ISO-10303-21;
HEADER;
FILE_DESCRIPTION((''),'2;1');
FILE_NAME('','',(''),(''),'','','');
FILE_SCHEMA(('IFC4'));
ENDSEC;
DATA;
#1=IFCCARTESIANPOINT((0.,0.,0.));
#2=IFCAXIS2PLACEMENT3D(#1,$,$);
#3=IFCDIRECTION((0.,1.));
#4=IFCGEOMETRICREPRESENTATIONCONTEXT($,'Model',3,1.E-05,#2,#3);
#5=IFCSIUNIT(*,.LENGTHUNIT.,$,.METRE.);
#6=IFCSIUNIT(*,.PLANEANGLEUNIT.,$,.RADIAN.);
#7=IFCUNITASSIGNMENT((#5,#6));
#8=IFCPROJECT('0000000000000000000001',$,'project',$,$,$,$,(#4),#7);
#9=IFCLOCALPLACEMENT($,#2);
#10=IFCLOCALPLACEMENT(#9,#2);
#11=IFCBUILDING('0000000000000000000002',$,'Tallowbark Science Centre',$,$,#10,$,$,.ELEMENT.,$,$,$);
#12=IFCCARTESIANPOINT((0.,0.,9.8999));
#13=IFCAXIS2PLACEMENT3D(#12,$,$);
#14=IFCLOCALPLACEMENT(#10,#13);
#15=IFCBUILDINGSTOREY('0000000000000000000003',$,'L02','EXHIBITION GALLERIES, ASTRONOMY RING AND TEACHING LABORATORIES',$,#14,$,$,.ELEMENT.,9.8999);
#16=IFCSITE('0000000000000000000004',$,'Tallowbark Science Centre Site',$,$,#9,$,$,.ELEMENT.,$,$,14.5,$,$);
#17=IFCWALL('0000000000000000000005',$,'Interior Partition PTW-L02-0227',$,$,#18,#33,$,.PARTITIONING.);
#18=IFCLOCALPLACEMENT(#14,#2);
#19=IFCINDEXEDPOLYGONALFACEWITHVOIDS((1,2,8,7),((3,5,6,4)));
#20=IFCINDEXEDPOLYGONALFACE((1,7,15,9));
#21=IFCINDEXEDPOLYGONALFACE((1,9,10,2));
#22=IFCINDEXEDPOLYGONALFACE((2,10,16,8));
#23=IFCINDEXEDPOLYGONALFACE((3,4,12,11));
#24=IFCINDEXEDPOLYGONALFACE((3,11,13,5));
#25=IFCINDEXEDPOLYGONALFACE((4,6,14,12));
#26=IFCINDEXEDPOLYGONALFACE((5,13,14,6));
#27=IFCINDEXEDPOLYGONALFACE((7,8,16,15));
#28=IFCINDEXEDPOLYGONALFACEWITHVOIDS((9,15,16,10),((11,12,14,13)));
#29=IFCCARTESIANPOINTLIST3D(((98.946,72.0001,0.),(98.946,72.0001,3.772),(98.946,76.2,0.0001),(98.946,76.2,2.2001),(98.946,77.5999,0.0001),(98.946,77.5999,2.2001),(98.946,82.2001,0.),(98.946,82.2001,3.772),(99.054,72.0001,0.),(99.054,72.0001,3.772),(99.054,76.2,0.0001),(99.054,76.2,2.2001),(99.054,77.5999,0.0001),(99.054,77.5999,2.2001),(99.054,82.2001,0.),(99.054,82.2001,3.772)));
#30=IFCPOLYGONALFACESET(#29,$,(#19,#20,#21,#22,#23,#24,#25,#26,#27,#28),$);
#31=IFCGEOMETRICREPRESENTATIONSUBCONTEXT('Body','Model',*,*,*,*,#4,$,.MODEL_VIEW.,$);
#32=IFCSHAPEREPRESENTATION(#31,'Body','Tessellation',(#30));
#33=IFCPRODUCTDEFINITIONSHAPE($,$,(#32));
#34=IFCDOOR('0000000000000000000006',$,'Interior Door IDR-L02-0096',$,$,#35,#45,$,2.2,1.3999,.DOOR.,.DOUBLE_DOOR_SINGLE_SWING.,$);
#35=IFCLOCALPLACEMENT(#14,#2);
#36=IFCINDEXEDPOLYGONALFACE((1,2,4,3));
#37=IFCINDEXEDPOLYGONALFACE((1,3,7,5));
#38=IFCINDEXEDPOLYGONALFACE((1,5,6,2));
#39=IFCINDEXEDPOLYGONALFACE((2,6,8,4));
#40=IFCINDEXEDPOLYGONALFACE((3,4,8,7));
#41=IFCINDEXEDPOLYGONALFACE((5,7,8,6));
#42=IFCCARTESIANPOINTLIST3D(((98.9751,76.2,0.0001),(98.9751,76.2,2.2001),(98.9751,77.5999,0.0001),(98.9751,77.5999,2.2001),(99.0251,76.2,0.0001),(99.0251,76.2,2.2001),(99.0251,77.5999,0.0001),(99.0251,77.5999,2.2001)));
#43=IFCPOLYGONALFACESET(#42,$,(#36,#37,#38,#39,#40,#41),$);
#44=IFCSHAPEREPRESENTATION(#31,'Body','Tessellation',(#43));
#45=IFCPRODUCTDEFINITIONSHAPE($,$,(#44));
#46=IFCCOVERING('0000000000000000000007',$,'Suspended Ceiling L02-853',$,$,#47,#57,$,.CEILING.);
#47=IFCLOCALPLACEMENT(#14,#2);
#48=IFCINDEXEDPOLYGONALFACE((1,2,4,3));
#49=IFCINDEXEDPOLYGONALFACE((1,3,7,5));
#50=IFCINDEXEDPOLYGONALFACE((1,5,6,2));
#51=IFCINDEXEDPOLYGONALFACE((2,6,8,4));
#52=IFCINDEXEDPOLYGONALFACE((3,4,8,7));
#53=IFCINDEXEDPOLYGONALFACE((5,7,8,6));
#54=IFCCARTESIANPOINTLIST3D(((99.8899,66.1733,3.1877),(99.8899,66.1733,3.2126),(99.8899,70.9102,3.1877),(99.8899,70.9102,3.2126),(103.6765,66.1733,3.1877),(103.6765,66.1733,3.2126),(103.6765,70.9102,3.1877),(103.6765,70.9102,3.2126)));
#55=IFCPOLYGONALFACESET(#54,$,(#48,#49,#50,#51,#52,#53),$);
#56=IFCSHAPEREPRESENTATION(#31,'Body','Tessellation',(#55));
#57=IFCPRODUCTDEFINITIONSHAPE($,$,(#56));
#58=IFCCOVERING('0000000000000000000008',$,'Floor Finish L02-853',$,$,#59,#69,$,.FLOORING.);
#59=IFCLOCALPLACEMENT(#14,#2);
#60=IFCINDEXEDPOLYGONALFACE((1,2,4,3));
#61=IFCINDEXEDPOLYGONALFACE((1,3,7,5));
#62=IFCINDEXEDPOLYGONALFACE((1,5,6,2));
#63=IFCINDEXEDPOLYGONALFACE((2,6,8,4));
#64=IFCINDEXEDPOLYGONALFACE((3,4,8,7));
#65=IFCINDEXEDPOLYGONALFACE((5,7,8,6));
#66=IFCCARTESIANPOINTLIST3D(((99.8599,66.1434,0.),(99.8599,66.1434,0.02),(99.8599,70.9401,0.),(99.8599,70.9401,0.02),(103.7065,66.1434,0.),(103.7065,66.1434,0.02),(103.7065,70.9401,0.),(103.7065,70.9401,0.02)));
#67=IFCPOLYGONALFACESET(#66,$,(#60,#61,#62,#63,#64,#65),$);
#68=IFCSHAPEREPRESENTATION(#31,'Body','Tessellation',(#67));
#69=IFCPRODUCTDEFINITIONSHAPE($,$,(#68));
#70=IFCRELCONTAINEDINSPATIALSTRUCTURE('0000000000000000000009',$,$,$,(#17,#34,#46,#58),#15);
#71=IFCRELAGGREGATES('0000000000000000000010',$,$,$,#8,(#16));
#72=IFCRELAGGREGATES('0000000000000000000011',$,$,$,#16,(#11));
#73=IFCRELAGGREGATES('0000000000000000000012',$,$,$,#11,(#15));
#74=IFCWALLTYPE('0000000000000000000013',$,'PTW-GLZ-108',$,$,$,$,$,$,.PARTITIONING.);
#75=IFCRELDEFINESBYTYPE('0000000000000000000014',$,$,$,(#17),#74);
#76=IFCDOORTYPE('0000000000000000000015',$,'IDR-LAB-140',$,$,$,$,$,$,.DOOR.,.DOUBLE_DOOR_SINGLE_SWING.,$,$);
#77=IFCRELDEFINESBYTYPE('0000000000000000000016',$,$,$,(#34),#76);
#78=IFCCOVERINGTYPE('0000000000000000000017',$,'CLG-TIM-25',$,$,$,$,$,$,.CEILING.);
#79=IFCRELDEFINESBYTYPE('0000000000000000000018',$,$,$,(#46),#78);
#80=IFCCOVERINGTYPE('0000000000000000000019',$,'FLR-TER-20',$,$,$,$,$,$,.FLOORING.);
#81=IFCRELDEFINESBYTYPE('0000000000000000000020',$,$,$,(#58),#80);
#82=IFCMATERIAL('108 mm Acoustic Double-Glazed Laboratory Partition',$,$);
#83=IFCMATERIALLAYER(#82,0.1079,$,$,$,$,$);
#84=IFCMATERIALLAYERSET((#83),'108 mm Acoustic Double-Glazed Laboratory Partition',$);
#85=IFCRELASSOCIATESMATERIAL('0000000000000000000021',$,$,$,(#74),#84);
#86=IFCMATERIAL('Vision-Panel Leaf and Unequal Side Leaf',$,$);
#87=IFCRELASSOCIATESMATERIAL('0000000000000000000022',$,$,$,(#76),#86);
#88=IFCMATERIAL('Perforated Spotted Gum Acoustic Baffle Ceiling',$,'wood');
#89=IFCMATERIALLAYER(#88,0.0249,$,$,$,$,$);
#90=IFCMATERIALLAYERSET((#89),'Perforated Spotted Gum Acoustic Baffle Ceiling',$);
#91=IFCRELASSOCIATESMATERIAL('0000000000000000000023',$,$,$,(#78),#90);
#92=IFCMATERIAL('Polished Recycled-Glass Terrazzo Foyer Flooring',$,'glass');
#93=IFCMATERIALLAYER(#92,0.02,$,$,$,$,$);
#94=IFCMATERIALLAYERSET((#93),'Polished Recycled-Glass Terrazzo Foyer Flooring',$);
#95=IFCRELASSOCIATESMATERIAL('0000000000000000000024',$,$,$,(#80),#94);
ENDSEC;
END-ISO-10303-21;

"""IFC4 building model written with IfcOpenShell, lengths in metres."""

from ifc_helpers import new_model, si_unit, direction, frame, frame_2d, origin, origin_2d, place, context, subcontext, project, spatial, rectangle, extrude, material, layer, layer_set, type_object, element, fill, save


model = new_model("IFC4")

# Units and contexts
model_context = context("Model", 3, precision=1e-05, world=origin(), true_north=direction((0.0, 1.0)))
body_context = subcontext(model_context, "Body", "Model", "MODEL_VIEW")
ifc_project = project(units=[si_unit("LENGTHUNIT", "METRE"), si_unit("PLANEANGLEUNIT", "RADIAN")], contexts=[model_context])

# Site, building, storey
site_placement = place(None, origin())
site = spatial("IfcSite", under=ifc_project, at=site_placement, Name="Tallowbark Science Centre Site", CompositionType="ELEMENT", RefElevation=14.5)
building_placement = place(site_placement, origin())
building = spatial("IfcBuilding", under=site, at=building_placement, Name="Tallowbark Science Centre", CompositionType="ELEMENT")
storey_placement = place(building_placement, frame((0.0, 0.0, 9.8999)))
storey = spatial("IfcBuildingStorey", under=building, at=storey_placement, Name="L02", Description="EXHIBITION GALLERIES, ASTRONOMY RING AND TEACHING LABORATORIES", CompositionType="ELEMENT", Elevation=9.8999)

# Wall, opening, door
ifc_material_1 = material(Name="108 mm Acoustic Double-Glazed Laboratory Partition")
ifc_layer_1 = layer(ifc_material_1, 0.1079)
ifc_layer_set_1 = layer_set([ifc_layer_1], Name="108 mm Acoustic Double-Glazed Laboratory Partition")
wall_type_1 = type_object("IfcWallType", Name="PTW-GLZ-108", PredefinedType="PARTITIONING", material=ifc_layer_set_1)
wall_1_placement = place(storey_placement, frame((99.0, 72.0, 0.0), z_axis=(0.0, 0.0, 1.0), x_axis=(0.0, 1.0, 0.0)))
wall_1 = element("IfcWall", 1, at=wall_1_placement, inside=storey, type_object=wall_type_1, Name="Interior Partition PTW-L02-0227", PredefinedType="PARTITIONING", context=body_context, shape_type="SweptSolid", body=[
    extrude(rectangle(XDim=10.2, YDim=0.1079, at=frame_2d((5.1001, 0.0))), origin(), (0.0, 0.0, 1.0), 3.772),
])
opening_1_placement = place(wall_1_placement, frame((4.2, 0.0, 0.0)))
opening_1 = element("IfcOpeningElement", 2, at=opening_1_placement, cuts=wall_1, PredefinedType="OPENING", context=body_context, shape_type="SweptSolid", body=[
    extrude(rectangle(XDim=1.3999, YDim=2.2, at=frame_2d((0.7, 1.1001))), frame((0.0, 0.064, 0.0), z_axis=(0.0, -1.0, 0.0), x_axis=(1.0, 0.0, 0.0)), (0.0, 0.0, 1.0), 0.1279),
])
ifc_material_2 = material(Name="Vision-Panel Leaf and Unequal Side Leaf")
door_type_1 = type_object("IfcDoorType", Name="IDR-LAB-140", OperationType="DOUBLE_DOOR_SINGLE_SWING", PredefinedType="DOOR", material=ifc_material_2)
door_1_placement = place(opening_1_placement, origin())
door_1 = element("IfcDoor", 3, at=door_1_placement, inside=storey, type_object=door_type_1, Name="Interior Door IDR-L02-0096", OperationType="DOUBLE_DOOR_SINGLE_SWING", OverallHeight=2.2, OverallWidth=1.3999, PredefinedType="DOOR", context=body_context, shape_type="SweptSolid", body=[
    extrude(rectangle(XDim=1.3999, YDim=2.2, at=frame_2d((0.7, 1.1001))), frame((0.0, 0.0249, 0.0), z_axis=(0.0, -1.0, 0.0), x_axis=(1.0, 0.0, 0.0)), (0.0, 0.0, 1.0), 0.05),
])
fill(opening_1, door_1)

# Coverings
ifc_material_3 = material(Name="Perforated Spotted Gum Acoustic Baffle Ceiling", Category="wood")
ifc_layer_2 = layer(ifc_material_3, 0.0249)
ifc_layer_set_2 = layer_set([ifc_layer_2], Name="Perforated Spotted Gum Acoustic Baffle Ceiling")
covering_type_1 = type_object("IfcCoveringType", Name="CLG-TIM-25", PredefinedType="CEILING", material=ifc_layer_set_2)
covering_1_placement = place(storey_placement, frame((101.7832, 68.5417, 3.1877), z_axis=(0.0, 0.0, 1.0), x_axis=(1.0, 0.0, 0.0)))
element("IfcCovering", 4, at=covering_1_placement, inside=storey, type_object=covering_type_1, Name="Suspended Ceiling L02-853", PredefinedType="CEILING", context=body_context, shape_type="SweptSolid", body=[
    extrude(rectangle(XDim=3.7866, YDim=4.7368, at=origin_2d()), origin(), (0.0, 0.0, 1.0), 0.0249),
])
ifc_material_4 = material(Name="Polished Recycled-Glass Terrazzo Foyer Flooring", Category="glass")
ifc_layer_3 = layer(ifc_material_4, 0.02)
ifc_layer_set_3 = layer_set([ifc_layer_3], Name="Polished Recycled-Glass Terrazzo Foyer Flooring")
covering_type_2 = type_object("IfcCoveringType", Name="FLR-TER-20", PredefinedType="FLOORING", material=ifc_layer_set_3)
covering_2_placement = place(storey_placement, frame((101.7832, 68.5417, 0.0), z_axis=(0.0, 0.0, 1.0), x_axis=(1.0, 0.0, 0.0)))
element("IfcCovering", 5, at=covering_2_placement, inside=storey, type_object=covering_type_2, Name="Floor Finish L02-853", PredefinedType="FLOORING", context=body_context, shape_type="SweptSolid", body=[
    extrude(rectangle(XDim=3.8467, YDim=4.7966, at=origin_2d()), origin(), (0.0, 0.0, 1.0), 0.02),
])

save(model, "model.ifc")
